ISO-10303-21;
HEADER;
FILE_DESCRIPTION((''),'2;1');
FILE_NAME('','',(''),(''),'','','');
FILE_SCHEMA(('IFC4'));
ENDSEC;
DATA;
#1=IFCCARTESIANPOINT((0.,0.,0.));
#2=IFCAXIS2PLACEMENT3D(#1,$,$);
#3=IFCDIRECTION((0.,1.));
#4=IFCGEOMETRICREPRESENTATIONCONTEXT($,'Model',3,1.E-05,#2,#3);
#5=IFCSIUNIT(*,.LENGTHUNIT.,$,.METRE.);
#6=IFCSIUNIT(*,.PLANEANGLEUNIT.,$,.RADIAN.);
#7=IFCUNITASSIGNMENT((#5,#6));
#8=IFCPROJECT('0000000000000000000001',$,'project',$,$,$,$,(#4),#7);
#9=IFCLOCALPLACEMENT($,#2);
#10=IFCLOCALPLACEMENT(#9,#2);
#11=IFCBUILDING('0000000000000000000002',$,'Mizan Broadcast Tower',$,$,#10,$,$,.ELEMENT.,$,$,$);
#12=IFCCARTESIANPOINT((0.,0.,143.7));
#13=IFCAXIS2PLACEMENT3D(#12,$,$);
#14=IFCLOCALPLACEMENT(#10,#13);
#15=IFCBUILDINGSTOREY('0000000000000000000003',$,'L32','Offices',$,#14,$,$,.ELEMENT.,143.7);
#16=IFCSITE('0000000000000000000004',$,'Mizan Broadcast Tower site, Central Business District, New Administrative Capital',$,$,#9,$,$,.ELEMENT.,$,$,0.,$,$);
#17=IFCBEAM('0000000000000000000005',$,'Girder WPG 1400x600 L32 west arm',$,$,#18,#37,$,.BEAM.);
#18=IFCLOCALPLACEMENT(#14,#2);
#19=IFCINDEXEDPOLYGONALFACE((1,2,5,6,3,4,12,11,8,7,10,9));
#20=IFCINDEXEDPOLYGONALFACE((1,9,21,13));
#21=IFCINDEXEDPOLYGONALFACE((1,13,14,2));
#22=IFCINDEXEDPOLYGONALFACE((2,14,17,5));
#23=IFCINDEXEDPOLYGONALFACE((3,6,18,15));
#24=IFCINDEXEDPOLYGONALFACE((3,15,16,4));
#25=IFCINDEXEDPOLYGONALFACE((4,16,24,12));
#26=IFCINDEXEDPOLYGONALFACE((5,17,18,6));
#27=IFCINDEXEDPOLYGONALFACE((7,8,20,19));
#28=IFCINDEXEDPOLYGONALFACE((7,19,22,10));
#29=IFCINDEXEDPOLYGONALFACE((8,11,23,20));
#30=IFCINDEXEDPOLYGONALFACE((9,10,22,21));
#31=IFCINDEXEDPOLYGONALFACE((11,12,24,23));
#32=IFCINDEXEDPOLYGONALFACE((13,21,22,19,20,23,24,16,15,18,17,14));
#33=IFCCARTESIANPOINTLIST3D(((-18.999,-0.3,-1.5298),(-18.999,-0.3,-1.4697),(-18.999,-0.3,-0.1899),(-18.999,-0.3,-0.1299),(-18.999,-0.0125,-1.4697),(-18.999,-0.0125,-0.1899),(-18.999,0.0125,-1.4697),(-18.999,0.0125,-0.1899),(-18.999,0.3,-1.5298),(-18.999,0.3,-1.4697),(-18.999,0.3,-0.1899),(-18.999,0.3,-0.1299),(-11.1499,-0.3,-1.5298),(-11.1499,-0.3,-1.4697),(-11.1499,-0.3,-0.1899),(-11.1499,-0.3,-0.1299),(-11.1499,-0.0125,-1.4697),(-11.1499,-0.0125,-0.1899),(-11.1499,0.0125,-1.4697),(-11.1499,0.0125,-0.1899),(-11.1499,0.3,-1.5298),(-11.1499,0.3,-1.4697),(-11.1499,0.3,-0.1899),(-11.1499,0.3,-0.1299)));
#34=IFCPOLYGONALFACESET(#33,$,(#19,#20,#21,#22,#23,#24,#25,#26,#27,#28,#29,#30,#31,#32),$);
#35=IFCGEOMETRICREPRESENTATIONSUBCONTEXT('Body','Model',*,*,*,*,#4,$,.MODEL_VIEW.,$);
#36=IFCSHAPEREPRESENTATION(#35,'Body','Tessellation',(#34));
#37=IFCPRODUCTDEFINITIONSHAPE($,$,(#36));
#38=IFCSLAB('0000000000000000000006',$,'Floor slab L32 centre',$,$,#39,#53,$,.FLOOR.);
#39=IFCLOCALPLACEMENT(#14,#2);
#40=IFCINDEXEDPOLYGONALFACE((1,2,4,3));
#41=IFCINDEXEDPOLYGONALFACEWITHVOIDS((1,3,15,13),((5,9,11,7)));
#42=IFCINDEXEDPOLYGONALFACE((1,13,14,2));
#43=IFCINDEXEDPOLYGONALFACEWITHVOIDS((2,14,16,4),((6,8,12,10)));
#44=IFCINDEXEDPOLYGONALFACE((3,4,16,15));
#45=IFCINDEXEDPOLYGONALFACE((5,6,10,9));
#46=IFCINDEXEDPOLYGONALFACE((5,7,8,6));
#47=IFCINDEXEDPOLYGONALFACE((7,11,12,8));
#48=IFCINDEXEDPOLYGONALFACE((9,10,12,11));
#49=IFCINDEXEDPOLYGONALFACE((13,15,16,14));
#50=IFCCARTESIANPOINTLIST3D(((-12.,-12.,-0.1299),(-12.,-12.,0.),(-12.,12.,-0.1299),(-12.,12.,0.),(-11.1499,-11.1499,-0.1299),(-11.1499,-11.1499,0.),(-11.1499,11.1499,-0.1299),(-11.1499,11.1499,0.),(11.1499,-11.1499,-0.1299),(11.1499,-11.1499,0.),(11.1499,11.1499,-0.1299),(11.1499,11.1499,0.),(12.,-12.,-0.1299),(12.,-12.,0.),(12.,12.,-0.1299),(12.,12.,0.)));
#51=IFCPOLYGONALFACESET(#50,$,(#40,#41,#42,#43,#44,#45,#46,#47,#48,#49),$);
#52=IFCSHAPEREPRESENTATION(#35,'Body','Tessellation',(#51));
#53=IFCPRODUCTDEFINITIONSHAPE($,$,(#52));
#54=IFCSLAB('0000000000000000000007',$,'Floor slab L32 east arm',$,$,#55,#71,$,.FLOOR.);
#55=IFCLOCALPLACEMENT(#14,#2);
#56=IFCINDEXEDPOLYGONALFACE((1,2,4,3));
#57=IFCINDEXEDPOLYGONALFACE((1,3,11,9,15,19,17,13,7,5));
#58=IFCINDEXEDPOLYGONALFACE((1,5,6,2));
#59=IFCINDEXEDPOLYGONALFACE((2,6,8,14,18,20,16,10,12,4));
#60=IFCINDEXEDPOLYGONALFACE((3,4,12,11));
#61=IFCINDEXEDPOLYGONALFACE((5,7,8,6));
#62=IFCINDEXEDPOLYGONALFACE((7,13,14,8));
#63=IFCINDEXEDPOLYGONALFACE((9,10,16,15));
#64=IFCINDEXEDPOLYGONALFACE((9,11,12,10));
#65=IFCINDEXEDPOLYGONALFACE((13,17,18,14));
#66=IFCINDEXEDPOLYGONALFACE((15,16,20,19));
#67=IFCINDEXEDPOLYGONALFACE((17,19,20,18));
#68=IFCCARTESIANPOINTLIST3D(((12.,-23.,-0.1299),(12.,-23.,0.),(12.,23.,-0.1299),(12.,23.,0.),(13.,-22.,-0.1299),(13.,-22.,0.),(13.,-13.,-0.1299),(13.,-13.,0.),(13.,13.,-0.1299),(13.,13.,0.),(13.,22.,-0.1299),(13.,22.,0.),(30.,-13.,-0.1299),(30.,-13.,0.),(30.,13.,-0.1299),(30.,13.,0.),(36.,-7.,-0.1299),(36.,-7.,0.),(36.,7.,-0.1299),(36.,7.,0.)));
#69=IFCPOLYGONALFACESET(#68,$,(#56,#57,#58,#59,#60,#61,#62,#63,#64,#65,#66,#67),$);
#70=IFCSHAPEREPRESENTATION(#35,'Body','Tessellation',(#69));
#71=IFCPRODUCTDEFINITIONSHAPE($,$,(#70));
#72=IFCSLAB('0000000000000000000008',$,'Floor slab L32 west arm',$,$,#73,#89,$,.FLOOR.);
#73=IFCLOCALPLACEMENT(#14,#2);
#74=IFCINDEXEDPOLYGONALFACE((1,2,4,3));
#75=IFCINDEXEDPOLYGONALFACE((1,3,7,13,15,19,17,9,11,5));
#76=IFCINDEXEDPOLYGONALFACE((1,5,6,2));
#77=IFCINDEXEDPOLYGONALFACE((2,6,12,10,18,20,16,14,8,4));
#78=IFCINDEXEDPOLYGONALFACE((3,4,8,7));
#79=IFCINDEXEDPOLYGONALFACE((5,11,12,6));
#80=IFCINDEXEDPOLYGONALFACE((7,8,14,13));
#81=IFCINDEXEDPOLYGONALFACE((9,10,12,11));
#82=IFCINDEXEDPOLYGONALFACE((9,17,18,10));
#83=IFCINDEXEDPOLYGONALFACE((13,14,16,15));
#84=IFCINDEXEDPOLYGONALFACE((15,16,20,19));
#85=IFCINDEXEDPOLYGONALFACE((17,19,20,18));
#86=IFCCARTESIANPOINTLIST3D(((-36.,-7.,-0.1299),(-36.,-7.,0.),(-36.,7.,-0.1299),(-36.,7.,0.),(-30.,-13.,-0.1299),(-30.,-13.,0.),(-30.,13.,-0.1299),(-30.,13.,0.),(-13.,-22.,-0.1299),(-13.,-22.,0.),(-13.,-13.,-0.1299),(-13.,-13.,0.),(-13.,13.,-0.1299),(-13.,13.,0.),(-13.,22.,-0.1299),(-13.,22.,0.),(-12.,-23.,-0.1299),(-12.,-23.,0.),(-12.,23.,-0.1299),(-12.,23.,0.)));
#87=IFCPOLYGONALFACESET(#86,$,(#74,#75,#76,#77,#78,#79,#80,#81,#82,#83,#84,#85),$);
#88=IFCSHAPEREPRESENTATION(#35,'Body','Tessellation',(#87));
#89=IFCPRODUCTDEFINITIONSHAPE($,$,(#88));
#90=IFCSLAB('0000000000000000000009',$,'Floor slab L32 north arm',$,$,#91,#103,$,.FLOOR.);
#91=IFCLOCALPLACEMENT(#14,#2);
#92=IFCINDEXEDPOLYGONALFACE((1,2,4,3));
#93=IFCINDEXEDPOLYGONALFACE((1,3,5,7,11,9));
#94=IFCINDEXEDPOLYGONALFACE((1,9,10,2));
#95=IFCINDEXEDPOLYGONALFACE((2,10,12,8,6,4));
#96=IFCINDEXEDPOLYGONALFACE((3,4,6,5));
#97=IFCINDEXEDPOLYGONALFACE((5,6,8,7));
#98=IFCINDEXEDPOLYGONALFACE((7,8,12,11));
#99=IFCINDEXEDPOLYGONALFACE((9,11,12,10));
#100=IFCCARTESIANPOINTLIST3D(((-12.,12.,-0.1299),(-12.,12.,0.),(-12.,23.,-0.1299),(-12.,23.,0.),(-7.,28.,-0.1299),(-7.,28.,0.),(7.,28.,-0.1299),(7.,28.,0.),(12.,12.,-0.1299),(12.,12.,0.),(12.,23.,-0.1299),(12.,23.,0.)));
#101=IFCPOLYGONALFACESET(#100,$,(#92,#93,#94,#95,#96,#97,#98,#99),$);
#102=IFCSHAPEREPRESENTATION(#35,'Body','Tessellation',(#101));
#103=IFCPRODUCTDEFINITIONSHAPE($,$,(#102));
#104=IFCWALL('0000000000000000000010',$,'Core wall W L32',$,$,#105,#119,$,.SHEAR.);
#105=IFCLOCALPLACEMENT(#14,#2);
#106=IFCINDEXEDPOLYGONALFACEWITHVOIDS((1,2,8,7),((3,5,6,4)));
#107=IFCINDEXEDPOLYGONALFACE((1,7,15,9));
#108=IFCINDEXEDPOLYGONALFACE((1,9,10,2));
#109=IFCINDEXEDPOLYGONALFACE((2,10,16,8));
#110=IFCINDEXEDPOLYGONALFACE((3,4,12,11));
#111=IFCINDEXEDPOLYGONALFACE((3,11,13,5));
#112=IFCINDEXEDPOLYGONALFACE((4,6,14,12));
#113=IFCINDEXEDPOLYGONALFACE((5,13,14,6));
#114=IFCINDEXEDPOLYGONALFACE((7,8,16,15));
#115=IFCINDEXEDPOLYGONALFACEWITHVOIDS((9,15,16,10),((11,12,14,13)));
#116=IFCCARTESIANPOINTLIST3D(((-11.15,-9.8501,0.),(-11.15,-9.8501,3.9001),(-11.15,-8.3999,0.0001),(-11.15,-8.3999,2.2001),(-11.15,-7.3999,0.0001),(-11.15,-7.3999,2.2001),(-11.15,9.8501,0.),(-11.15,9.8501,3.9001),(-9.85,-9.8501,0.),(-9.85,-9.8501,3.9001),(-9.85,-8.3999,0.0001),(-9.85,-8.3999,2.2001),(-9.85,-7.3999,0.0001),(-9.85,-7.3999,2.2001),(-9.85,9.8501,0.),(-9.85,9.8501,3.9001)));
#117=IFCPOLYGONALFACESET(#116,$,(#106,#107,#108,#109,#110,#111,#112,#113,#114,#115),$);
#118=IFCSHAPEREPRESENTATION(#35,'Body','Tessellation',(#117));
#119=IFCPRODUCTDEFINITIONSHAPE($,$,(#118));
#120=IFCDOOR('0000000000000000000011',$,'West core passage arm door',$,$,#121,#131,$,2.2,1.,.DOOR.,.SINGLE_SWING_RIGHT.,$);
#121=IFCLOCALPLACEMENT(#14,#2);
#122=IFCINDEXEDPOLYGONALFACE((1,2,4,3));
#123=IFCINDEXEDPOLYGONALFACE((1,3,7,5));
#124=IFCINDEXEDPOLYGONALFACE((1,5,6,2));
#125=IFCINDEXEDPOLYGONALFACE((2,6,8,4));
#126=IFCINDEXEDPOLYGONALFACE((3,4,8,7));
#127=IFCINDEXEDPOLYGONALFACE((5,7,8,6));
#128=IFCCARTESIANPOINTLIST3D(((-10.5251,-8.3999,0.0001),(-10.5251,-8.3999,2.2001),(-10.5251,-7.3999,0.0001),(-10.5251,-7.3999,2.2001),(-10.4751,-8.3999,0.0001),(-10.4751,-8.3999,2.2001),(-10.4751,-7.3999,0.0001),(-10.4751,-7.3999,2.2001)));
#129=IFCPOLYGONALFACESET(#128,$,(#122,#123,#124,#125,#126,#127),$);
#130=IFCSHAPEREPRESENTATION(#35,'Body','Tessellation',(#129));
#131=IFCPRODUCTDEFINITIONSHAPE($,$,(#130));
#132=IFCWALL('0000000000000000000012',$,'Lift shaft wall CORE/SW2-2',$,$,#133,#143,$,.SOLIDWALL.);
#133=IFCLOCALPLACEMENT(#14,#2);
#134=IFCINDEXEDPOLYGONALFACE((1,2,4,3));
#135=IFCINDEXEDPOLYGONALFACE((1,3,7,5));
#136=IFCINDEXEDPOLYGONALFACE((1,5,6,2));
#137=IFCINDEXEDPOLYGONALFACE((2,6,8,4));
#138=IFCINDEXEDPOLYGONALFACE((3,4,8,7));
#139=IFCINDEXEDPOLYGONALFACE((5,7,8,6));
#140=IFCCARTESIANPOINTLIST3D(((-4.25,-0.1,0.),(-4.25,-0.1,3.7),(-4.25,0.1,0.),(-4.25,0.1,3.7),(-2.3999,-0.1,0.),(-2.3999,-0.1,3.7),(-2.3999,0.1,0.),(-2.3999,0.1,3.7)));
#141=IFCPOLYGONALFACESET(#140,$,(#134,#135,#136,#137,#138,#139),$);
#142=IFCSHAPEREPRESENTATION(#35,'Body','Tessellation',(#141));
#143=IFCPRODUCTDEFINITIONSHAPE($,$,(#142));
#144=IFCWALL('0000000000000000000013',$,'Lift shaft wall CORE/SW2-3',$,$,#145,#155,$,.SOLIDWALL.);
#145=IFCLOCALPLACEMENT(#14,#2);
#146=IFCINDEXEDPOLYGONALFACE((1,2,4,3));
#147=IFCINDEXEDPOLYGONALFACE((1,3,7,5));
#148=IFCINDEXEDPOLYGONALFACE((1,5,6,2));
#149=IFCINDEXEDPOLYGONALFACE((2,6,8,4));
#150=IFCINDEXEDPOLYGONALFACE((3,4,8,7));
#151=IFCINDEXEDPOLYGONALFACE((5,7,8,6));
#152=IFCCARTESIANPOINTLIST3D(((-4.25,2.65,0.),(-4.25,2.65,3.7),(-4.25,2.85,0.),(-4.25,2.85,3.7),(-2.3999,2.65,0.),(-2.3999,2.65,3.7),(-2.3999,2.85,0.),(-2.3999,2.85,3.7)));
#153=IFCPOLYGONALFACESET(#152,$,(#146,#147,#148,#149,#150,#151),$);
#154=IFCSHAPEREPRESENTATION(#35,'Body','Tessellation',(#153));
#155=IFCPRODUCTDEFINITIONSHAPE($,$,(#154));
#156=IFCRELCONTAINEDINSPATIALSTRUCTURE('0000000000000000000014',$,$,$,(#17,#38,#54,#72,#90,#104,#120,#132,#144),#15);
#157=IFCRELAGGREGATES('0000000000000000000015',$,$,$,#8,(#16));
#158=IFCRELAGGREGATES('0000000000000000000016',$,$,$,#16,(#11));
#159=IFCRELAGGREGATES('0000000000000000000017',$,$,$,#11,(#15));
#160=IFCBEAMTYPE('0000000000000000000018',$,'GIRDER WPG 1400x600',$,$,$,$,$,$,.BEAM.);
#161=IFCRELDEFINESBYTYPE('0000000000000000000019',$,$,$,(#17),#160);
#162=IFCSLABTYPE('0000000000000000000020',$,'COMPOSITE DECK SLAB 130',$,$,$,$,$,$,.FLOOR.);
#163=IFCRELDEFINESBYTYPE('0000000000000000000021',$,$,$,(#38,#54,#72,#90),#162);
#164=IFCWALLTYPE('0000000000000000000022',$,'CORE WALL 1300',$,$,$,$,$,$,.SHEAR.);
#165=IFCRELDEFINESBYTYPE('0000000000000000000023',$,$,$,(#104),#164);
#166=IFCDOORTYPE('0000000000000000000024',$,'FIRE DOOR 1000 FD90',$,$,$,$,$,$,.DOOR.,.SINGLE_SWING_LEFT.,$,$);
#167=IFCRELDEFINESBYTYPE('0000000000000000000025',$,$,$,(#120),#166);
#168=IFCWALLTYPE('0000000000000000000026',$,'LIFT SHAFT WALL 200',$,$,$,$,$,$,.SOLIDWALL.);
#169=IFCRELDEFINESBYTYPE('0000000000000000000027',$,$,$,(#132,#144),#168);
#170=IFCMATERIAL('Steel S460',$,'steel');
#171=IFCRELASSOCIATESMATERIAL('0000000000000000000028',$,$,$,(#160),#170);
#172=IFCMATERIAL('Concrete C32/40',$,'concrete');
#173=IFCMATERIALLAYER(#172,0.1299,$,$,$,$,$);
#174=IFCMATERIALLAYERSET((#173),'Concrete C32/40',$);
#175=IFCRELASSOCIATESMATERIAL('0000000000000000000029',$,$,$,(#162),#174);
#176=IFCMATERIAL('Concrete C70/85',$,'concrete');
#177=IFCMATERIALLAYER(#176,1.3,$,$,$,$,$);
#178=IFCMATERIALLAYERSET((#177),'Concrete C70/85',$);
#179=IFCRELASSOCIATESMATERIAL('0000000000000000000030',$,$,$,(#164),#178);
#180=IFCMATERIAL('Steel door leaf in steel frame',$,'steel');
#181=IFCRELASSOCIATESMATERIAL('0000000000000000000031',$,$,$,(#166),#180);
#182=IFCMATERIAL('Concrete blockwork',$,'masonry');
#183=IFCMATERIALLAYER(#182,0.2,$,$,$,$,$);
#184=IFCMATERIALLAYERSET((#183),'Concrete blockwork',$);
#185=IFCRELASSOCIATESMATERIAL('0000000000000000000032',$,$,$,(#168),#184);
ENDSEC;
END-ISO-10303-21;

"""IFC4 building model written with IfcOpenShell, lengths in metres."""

from ifc_helpers import new_model, si_unit, direction, frame, frame_2d, origin, origin_2d, place, context, subcontext, project, spatial, polyline, rectangle, i_section, outline, extrude, material, layer, layer_set, material_profile, profile_set, type_object, element, fill, save


model = new_model("IFC4")

# Units and contexts
model_context = context("Model", 3, precision=1e-05, world=origin(), true_north=direction((0.0, 1.0)))
body_context = subcontext(model_context, "Body", "Model", "MODEL_VIEW")
ifc_project = project(units=[si_unit("LENGTHUNIT", "METRE"), si_unit("PLANEANGLEUNIT", "RADIAN")], contexts=[model_context])

# Site, building, storey
site_placement = place(None, origin())
site = spatial("IfcSite", under=ifc_project, at=site_placement, Name="Mizan Broadcast Tower site, Central Business District, New Administrative Capital", CompositionType="ELEMENT", RefElevation=0.0)
building_placement = place(site_placement, origin())
building = spatial("IfcBuilding", under=site, at=building_placement, Name="Mizan Broadcast Tower", CompositionType="ELEMENT")
storey_placement = place(building_placement, frame((0.0, 0.0, 143.7)))
storey = spatial("IfcBuildingStorey", under=building, at=storey_placement, Name="L32", Description="Offices", CompositionType="ELEMENT", Elevation=143.7)

# Beam
ifc_material_1 = material(Name="Steel S460", Category="steel")
ifc_material_profile = material_profile(ifc_material_1, i_section(OverallWidth=0.6001, OverallDepth=1.3999, WebThickness=0.0249, FlangeThickness=0.0601, at=origin_2d()), Name="WPG 1400x600")
ifc_profile_set = profile_set([ifc_material_profile], Name="Steel S460")
beam_type = type_object("IfcBeamType", Name="GIRDER WPG 1400x600", PredefinedType="BEAM", material=ifc_profile_set)
beam_placement = place(storey_placement, frame((-11.1499, 0.0, -0.8298), z_axis=(-1.0, 0.0, 0.0), x_axis=(0.0, -1.0, 0.0)))
element("IfcBeam", 1, at=beam_placement, inside=storey, type_object=beam_type, Name="Girder WPG 1400x600 L32 west arm", PredefinedType="BEAM", context=body_context, shape_type="SweptSolid", body=[
    extrude(i_section(OverallWidth=0.6001, OverallDepth=1.3999, WebThickness=0.0249, FlangeThickness=0.0601, at=origin_2d()), origin(), (0.0, 0.0, 1.0), 7.8491),
])

# Slabs
ifc_material_2 = material(Name="Concrete C32/40", Category="concrete")
ifc_layer_1 = layer(ifc_material_2, 0.1299)
ifc_layer_set_1 = layer_set([ifc_layer_1], Name="Concrete C32/40")
slab_type = type_object("IfcSlabType", Name="COMPOSITE DECK SLAB 130", PredefinedType="FLOOR", material=ifc_layer_set_1)
slab_1_placement = place(storey_placement, frame((0.0, 0.0, -0.1299)))
element("IfcSlab", 2, at=slab_1_placement, inside=storey, type_object=slab_type, Name="Floor slab L32 centre", PredefinedType="FLOOR", context=body_context, shape_type="SweptSolid", body=[
    extrude(outline(polyline([(-12.0, -12.0), (12.0, -12.0), (12.0, 12.0), (-12.0, 12.0), (-12.0, -12.0)]), holes=[polyline([(-11.1499, 11.1499), (11.1499, 11.1499), (11.1499, -11.1499), (-11.1499, -11.1499), (-11.1499, 11.1499)])]), origin(), (0.0, 0.0, 1.0), 0.1299),
])
slab_2_placement = place(storey_placement, frame((0.0, 0.0, -0.1299)))
element("IfcSlab", 3, at=slab_2_placement, inside=storey, type_object=slab_type, Name="Floor slab L32 east arm", PredefinedType="FLOOR", context=body_context, shape_type="SweptSolid", body=[
    extrude(outline(polyline([(12.0, -23.0), (13.0, -22.0), (13.0, -13.0), (30.0, -13.0), (36.0, -7.0), (36.0, 7.0), (30.0, 13.0), (13.0, 13.0), (13.0, 22.0), (12.0, 23.0), (12.0, -23.0)])), origin(), (0.0, 0.0, 1.0), 0.1299),
])
slab_3_placement = place(storey_placement, frame((0.0, 0.0, -0.1299)))
element("IfcSlab", 4, at=slab_3_placement, inside=storey, type_object=slab_type, Name="Floor slab L32 west arm", PredefinedType="FLOOR", context=body_context, shape_type="SweptSolid", body=[
    extrude(outline(polyline([(-13.0, -22.0), (-12.0, -23.0), (-12.0, 23.0), (-13.0, 22.0), (-13.0, 13.0), (-30.0, 13.0), (-36.0, 7.0), (-36.0, -7.0), (-30.0, -13.0), (-13.0, -13.0), (-13.0, -22.0)])), origin(), (0.0, 0.0, 1.0), 0.1299),
])
slab_4_placement = place(storey_placement, frame((0.0, 0.0, -0.1299)))
element("IfcSlab", 5, at=slab_4_placement, inside=storey, type_object=slab_type, Name="Floor slab L32 north arm", PredefinedType="FLOOR", context=body_context, shape_type="SweptSolid", body=[
    extrude(outline(polyline([(-7.0, 28.0), (-12.0, 23.0), (-12.0, 12.0), (12.0, 12.0), (12.0, 23.0), (7.0, 28.0), (-7.0, 28.0)])), origin(), (0.0, 0.0, 1.0), 0.1299),
])

# Wall, opening, door
ifc_material_3 = material(Name="Concrete C70/85", Category="concrete")
ifc_layer_2 = layer(ifc_material_3, 1.3)
ifc_layer_set_2 = layer_set([ifc_layer_2], Name="Concrete C70/85")
wall_type_1 = type_object("IfcWallType", Name="CORE WALL 1300", PredefinedType="SHEAR", material=ifc_layer_set_2)
wall_1_placement = place(storey_placement, frame((-10.5, 9.8501, 0.0), z_axis=(0.0, 0.0, 1.0), x_axis=(0.0, -1.0, 0.0)))
wall_1 = element("IfcWall", 6, at=wall_1_placement, inside=storey, type_object=wall_type_1, Name="Core wall W L32", PredefinedType="SHEAR", context=body_context, shape_type="SweptSolid", body=[
    extrude(rectangle(XDim=19.7002, YDim=1.3, at=frame_2d((9.8501, 0.0))), origin(), (0.0, 0.0, 1.0), 3.9001),
])
opening_1_placement = place(wall_1_placement, frame((17.25, 0.0, 0.0)))
opening_1 = element("IfcOpeningElement", 7, at=opening_1_placement, cuts=wall_1, PredefinedType="OPENING", context=body_context, shape_type="SweptSolid", body=[
    extrude(rectangle(XDim=1.0, YDim=2.2, at=frame_2d((0.5, 1.1001))), frame((0.0, 0.6599, 0.0), z_axis=(0.0, -1.0, 0.0), x_axis=(1.0, 0.0, 0.0)), (0.0, 0.0, 1.0), 1.3201),
])
ifc_material_4 = material(Name="Steel door leaf in steel frame", Category="steel")
door_type_1 = type_object("IfcDoorType", Name="FIRE DOOR 1000 FD90", OperationType="SINGLE_SWING_LEFT", PredefinedType="DOOR", material=ifc_material_4)
door_1_placement = place(opening_1_placement, origin())
door_1 = element("IfcDoor", 8, at=door_1_placement, inside=storey, type_object=door_type_1, Name="West core passage arm door", OperationType="SINGLE_SWING_RIGHT", OverallHeight=2.2, OverallWidth=1.0, PredefinedType="DOOR", context=body_context, shape_type="SweptSolid", body=[
    extrude(rectangle(XDim=1.0, YDim=2.2, at=frame_2d((0.5, 1.1001))), frame((0.0, 0.0249, 0.0), z_axis=(0.0, -1.0, 0.0), x_axis=(1.0, 0.0, 0.0)), (0.0, 0.0, 1.0), 0.05),
])
fill(opening_1, door_1)

# Walls
ifc_material_5 = material(Name="Concrete blockwork", Category="masonry")
ifc_layer_3 = layer(ifc_material_5, 0.2)
ifc_layer_set_3 = layer_set([ifc_layer_3], Name="Concrete blockwork")
wall_type_2 = type_object("IfcWallType", Name="LIFT SHAFT WALL 200", PredefinedType="SOLIDWALL", material=ifc_layer_set_3)
for number, where, z_axis, x_axis, name in (
    (9, (-4.25, 0.0, 0.0), (0.0, 0.0, 1.0), (1.0, 0.0, 0.0), "Lift shaft wall CORE/SW2-2"),
    (10, (-4.25, 2.75, 0.0), (0.0, 0.0, 1.0), (1.0, 0.0, 0.0), "Lift shaft wall CORE/SW2-3"),
):
    element("IfcWall", number, at=place(storey_placement, frame(where, z_axis=z_axis, x_axis=x_axis)), inside=storey, type_object=wall_type_2, Name=name, PredefinedType="SOLIDWALL", context=body_context, shape_type="SweptSolid", body=[
        extrude(rectangle(XDim=1.8501, YDim=0.2, at=frame_2d((0.925, 0.0))), origin(), (0.0, 0.0, 1.0), 3.7),
    ])

save(model, "model.ifc")
